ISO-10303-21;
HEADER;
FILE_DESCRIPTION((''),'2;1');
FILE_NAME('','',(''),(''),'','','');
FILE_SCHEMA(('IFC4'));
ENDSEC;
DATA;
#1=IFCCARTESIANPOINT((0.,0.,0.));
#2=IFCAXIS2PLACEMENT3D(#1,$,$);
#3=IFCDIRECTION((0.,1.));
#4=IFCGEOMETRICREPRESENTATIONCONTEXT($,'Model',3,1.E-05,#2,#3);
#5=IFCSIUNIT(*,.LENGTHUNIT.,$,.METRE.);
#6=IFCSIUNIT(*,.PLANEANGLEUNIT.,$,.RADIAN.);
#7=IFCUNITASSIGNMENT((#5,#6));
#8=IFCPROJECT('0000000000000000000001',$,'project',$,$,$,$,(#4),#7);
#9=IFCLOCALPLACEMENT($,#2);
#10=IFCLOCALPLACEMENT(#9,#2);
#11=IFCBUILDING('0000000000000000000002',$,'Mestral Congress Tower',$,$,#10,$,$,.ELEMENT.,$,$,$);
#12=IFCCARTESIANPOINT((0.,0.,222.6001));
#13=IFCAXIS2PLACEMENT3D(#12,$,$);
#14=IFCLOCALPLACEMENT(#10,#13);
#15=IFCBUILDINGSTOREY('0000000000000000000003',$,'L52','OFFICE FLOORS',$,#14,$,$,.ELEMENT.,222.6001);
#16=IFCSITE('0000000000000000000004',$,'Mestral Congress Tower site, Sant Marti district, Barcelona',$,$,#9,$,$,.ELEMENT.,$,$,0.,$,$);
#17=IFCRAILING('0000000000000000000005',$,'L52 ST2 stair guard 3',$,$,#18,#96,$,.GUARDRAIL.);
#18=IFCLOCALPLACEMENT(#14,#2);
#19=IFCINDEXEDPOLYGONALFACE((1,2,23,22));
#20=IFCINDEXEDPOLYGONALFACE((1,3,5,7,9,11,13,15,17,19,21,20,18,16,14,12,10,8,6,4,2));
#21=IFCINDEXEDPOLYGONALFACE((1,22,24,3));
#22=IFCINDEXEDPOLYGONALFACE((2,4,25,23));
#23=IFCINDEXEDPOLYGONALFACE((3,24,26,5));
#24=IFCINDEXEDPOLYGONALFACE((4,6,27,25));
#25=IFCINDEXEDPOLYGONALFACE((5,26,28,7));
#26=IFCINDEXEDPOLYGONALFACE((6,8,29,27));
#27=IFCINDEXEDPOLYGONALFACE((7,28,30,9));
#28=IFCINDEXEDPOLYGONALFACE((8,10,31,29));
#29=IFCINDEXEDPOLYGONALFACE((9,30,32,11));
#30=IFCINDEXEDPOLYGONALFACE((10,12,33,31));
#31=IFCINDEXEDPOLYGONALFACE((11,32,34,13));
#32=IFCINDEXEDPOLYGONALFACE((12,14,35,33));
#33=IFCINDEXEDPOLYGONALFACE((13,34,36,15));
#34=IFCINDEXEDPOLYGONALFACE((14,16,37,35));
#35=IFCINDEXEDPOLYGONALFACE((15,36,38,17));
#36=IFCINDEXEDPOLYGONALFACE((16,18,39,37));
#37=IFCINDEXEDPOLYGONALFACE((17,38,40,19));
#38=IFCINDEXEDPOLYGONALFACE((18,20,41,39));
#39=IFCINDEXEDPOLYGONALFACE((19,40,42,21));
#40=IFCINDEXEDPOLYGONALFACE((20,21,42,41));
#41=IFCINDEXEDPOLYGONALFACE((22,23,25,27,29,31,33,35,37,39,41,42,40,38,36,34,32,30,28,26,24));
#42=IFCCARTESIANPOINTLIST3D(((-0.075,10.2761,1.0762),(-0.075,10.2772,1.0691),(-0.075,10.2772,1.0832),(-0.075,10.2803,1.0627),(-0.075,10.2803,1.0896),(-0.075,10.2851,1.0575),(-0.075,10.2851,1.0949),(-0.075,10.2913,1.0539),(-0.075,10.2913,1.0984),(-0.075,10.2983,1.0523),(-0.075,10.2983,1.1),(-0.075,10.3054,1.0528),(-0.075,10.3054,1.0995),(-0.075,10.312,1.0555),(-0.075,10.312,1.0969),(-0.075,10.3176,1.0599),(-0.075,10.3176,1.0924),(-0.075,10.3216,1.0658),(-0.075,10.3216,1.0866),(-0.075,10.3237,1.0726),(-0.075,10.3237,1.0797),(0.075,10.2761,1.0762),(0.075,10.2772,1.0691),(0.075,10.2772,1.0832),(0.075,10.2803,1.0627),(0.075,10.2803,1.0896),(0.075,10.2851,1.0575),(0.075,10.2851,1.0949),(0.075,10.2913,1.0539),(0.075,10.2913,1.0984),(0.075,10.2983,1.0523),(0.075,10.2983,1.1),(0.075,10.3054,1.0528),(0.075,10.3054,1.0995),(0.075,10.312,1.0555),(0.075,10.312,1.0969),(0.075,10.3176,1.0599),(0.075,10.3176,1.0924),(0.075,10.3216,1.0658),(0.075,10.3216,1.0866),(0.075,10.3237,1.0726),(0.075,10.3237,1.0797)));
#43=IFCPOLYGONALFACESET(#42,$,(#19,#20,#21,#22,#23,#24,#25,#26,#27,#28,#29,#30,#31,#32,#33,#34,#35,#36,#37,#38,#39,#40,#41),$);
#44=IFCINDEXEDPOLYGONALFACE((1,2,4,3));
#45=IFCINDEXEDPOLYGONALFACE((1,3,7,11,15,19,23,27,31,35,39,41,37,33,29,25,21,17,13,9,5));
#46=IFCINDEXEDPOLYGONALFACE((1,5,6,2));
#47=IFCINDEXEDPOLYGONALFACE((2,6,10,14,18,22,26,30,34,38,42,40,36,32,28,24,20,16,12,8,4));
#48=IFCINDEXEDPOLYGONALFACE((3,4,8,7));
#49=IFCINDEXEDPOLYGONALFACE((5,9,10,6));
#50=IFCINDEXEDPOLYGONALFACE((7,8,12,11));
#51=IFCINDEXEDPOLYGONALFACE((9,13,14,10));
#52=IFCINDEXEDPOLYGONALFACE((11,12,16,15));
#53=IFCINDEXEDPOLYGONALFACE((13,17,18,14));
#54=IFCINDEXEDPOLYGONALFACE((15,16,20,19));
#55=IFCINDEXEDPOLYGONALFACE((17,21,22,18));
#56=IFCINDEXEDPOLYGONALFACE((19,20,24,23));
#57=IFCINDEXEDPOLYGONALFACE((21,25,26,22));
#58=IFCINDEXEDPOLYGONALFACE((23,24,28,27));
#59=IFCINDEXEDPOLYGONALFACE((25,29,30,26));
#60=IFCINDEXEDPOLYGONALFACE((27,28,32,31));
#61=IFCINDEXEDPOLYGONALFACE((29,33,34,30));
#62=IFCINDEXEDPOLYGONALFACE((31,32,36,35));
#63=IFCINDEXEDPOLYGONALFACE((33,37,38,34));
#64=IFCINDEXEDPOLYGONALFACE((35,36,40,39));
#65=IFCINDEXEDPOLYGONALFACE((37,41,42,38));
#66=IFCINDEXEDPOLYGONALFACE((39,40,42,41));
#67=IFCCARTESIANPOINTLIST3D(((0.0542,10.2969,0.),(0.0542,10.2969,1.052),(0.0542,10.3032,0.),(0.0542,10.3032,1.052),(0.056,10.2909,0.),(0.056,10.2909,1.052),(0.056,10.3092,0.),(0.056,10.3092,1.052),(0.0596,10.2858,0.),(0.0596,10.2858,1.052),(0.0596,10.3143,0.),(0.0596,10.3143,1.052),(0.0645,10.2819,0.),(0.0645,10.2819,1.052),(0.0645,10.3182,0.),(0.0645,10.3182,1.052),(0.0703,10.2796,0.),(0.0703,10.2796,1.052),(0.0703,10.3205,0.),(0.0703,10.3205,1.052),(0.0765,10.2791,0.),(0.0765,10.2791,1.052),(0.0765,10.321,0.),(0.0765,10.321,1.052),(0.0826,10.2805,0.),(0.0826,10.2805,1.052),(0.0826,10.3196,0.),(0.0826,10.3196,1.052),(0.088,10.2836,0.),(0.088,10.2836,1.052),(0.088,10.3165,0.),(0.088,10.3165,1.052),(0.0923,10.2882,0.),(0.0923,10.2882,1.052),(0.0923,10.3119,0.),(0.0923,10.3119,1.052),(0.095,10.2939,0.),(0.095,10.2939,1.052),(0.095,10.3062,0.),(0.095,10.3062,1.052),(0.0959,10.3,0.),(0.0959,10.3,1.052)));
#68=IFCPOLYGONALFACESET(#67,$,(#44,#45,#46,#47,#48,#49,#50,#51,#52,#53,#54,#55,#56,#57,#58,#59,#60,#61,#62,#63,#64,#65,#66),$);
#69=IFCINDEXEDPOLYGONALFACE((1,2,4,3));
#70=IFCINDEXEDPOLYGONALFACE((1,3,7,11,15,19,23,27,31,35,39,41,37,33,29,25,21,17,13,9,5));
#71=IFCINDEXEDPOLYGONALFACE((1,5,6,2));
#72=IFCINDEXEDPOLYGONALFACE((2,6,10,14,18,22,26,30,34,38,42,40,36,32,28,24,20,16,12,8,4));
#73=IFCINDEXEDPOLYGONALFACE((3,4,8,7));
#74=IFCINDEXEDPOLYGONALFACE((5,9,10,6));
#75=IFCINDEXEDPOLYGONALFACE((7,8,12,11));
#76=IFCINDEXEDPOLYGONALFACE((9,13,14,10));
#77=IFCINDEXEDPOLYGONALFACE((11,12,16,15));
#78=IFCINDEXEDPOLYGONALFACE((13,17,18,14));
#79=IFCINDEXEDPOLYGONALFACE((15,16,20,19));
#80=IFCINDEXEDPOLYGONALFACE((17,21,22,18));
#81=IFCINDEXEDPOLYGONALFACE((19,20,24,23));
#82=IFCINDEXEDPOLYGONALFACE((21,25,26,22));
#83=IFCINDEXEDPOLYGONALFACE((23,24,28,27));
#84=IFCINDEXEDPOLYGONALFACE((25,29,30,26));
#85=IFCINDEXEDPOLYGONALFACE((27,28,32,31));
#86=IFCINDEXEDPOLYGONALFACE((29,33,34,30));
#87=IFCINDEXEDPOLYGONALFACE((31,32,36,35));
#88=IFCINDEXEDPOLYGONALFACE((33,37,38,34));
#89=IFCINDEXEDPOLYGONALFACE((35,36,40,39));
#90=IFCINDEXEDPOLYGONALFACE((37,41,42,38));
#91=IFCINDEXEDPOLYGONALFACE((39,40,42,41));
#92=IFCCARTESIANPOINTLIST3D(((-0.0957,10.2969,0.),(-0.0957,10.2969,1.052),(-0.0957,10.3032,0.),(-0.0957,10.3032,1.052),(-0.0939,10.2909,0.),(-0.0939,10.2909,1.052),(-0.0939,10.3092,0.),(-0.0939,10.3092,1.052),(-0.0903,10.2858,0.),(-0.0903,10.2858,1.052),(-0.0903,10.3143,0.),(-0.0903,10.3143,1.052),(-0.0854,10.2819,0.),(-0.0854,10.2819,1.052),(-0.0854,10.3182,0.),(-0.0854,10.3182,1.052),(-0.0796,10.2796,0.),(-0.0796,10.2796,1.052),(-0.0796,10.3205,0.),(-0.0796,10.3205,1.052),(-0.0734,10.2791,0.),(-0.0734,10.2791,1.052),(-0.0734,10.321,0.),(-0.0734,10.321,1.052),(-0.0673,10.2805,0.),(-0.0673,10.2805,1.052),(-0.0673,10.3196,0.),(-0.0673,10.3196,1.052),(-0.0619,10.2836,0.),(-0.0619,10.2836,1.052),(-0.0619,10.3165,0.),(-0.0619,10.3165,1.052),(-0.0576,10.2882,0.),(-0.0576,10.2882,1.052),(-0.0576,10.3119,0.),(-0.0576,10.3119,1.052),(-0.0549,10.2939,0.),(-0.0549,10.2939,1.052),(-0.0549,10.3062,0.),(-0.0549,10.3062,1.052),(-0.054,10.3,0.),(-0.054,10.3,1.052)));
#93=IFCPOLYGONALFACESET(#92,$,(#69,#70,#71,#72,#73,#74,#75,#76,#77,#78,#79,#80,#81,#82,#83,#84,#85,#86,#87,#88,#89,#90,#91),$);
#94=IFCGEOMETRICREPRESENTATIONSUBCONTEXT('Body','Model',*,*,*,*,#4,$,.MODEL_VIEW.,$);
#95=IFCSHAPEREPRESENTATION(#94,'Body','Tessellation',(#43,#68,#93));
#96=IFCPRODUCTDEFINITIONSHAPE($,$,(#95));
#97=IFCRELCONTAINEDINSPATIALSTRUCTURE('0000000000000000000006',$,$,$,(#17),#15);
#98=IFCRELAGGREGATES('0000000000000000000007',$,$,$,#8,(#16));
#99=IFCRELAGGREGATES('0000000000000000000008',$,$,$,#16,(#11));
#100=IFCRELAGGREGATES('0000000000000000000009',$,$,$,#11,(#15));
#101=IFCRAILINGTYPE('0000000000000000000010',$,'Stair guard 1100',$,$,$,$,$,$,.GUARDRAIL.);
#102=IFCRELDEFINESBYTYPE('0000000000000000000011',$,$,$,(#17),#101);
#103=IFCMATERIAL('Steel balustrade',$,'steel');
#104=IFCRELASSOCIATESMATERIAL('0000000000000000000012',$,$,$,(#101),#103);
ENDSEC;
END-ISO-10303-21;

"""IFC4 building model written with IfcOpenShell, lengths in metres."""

from ifc_helpers import new_model, si_unit, direction, frame, origin, origin_2d, place, context, subcontext, project, spatial, circle, extrude, material, type_object, element, save


model = new_model("IFC4")

# Units and contexts
model_context = context("Model", 3, precision=1e-05, world=origin(), true_north=direction((0.0, 1.0)))
body_context = subcontext(model_context, "Body", "Model", "MODEL_VIEW")
ifc_project = project(units=[si_unit("LENGTHUNIT", "METRE"), si_unit("PLANEANGLEUNIT", "RADIAN")], contexts=[model_context])

# Site, building, storey
site_placement = place(None, origin())
site = spatial("IfcSite", under=ifc_project, at=site_placement, Name="Mestral Congress Tower site, Sant Marti district, Barcelona", CompositionType="ELEMENT", RefElevation=0.0)
building_placement = place(site_placement, origin())
building = spatial("IfcBuilding", under=site, at=building_placement, Name="Mestral Congress Tower", CompositionType="ELEMENT")
storey_placement = place(building_placement, frame((0.0, 0.0, 222.6001)))
storey = spatial("IfcBuildingStorey", under=building, at=storey_placement, Name="L52", Description="OFFICE FLOORS", CompositionType="ELEMENT", Elevation=222.6001)

# Railing
ifc_material_1 = material(Name="Steel balustrade", Category="steel")
railing_type_1 = type_object("IfcRailingType", Name="Stair guard 1100", PredefinedType="GUARDRAIL", material=ifc_material_1)
railing_1_placement = place(storey_placement, frame((0.075, 10.3, 0.0)))
element("IfcRailing", 1, at=railing_1_placement, inside=storey, type_object=railing_type_1, Name="L52 ST2 stair guard 3", PredefinedType="GUARDRAIL", context=body_context, shape_type="SweptSolid", body=[
    extrude(circle(Radius=0.0239, at=origin_2d()), frame((0.0, 0.0, 1.0762), z_axis=(-1.0, 0.0, 0.0), x_axis=(0.0, -1.0, 0.0)), (0.0, 0.0, 1.0), 0.1499),
    extrude(circle(Radius=0.021, at=origin_2d()), origin(), (0.0, 0.0, 1.0), 1.052),
    extrude(circle(Radius=0.021, at=origin_2d()), frame((-0.1499, 0.0, 0.0)), (0.0, 0.0, 1.0), 1.052),
])

save(model, "model.ifc")
